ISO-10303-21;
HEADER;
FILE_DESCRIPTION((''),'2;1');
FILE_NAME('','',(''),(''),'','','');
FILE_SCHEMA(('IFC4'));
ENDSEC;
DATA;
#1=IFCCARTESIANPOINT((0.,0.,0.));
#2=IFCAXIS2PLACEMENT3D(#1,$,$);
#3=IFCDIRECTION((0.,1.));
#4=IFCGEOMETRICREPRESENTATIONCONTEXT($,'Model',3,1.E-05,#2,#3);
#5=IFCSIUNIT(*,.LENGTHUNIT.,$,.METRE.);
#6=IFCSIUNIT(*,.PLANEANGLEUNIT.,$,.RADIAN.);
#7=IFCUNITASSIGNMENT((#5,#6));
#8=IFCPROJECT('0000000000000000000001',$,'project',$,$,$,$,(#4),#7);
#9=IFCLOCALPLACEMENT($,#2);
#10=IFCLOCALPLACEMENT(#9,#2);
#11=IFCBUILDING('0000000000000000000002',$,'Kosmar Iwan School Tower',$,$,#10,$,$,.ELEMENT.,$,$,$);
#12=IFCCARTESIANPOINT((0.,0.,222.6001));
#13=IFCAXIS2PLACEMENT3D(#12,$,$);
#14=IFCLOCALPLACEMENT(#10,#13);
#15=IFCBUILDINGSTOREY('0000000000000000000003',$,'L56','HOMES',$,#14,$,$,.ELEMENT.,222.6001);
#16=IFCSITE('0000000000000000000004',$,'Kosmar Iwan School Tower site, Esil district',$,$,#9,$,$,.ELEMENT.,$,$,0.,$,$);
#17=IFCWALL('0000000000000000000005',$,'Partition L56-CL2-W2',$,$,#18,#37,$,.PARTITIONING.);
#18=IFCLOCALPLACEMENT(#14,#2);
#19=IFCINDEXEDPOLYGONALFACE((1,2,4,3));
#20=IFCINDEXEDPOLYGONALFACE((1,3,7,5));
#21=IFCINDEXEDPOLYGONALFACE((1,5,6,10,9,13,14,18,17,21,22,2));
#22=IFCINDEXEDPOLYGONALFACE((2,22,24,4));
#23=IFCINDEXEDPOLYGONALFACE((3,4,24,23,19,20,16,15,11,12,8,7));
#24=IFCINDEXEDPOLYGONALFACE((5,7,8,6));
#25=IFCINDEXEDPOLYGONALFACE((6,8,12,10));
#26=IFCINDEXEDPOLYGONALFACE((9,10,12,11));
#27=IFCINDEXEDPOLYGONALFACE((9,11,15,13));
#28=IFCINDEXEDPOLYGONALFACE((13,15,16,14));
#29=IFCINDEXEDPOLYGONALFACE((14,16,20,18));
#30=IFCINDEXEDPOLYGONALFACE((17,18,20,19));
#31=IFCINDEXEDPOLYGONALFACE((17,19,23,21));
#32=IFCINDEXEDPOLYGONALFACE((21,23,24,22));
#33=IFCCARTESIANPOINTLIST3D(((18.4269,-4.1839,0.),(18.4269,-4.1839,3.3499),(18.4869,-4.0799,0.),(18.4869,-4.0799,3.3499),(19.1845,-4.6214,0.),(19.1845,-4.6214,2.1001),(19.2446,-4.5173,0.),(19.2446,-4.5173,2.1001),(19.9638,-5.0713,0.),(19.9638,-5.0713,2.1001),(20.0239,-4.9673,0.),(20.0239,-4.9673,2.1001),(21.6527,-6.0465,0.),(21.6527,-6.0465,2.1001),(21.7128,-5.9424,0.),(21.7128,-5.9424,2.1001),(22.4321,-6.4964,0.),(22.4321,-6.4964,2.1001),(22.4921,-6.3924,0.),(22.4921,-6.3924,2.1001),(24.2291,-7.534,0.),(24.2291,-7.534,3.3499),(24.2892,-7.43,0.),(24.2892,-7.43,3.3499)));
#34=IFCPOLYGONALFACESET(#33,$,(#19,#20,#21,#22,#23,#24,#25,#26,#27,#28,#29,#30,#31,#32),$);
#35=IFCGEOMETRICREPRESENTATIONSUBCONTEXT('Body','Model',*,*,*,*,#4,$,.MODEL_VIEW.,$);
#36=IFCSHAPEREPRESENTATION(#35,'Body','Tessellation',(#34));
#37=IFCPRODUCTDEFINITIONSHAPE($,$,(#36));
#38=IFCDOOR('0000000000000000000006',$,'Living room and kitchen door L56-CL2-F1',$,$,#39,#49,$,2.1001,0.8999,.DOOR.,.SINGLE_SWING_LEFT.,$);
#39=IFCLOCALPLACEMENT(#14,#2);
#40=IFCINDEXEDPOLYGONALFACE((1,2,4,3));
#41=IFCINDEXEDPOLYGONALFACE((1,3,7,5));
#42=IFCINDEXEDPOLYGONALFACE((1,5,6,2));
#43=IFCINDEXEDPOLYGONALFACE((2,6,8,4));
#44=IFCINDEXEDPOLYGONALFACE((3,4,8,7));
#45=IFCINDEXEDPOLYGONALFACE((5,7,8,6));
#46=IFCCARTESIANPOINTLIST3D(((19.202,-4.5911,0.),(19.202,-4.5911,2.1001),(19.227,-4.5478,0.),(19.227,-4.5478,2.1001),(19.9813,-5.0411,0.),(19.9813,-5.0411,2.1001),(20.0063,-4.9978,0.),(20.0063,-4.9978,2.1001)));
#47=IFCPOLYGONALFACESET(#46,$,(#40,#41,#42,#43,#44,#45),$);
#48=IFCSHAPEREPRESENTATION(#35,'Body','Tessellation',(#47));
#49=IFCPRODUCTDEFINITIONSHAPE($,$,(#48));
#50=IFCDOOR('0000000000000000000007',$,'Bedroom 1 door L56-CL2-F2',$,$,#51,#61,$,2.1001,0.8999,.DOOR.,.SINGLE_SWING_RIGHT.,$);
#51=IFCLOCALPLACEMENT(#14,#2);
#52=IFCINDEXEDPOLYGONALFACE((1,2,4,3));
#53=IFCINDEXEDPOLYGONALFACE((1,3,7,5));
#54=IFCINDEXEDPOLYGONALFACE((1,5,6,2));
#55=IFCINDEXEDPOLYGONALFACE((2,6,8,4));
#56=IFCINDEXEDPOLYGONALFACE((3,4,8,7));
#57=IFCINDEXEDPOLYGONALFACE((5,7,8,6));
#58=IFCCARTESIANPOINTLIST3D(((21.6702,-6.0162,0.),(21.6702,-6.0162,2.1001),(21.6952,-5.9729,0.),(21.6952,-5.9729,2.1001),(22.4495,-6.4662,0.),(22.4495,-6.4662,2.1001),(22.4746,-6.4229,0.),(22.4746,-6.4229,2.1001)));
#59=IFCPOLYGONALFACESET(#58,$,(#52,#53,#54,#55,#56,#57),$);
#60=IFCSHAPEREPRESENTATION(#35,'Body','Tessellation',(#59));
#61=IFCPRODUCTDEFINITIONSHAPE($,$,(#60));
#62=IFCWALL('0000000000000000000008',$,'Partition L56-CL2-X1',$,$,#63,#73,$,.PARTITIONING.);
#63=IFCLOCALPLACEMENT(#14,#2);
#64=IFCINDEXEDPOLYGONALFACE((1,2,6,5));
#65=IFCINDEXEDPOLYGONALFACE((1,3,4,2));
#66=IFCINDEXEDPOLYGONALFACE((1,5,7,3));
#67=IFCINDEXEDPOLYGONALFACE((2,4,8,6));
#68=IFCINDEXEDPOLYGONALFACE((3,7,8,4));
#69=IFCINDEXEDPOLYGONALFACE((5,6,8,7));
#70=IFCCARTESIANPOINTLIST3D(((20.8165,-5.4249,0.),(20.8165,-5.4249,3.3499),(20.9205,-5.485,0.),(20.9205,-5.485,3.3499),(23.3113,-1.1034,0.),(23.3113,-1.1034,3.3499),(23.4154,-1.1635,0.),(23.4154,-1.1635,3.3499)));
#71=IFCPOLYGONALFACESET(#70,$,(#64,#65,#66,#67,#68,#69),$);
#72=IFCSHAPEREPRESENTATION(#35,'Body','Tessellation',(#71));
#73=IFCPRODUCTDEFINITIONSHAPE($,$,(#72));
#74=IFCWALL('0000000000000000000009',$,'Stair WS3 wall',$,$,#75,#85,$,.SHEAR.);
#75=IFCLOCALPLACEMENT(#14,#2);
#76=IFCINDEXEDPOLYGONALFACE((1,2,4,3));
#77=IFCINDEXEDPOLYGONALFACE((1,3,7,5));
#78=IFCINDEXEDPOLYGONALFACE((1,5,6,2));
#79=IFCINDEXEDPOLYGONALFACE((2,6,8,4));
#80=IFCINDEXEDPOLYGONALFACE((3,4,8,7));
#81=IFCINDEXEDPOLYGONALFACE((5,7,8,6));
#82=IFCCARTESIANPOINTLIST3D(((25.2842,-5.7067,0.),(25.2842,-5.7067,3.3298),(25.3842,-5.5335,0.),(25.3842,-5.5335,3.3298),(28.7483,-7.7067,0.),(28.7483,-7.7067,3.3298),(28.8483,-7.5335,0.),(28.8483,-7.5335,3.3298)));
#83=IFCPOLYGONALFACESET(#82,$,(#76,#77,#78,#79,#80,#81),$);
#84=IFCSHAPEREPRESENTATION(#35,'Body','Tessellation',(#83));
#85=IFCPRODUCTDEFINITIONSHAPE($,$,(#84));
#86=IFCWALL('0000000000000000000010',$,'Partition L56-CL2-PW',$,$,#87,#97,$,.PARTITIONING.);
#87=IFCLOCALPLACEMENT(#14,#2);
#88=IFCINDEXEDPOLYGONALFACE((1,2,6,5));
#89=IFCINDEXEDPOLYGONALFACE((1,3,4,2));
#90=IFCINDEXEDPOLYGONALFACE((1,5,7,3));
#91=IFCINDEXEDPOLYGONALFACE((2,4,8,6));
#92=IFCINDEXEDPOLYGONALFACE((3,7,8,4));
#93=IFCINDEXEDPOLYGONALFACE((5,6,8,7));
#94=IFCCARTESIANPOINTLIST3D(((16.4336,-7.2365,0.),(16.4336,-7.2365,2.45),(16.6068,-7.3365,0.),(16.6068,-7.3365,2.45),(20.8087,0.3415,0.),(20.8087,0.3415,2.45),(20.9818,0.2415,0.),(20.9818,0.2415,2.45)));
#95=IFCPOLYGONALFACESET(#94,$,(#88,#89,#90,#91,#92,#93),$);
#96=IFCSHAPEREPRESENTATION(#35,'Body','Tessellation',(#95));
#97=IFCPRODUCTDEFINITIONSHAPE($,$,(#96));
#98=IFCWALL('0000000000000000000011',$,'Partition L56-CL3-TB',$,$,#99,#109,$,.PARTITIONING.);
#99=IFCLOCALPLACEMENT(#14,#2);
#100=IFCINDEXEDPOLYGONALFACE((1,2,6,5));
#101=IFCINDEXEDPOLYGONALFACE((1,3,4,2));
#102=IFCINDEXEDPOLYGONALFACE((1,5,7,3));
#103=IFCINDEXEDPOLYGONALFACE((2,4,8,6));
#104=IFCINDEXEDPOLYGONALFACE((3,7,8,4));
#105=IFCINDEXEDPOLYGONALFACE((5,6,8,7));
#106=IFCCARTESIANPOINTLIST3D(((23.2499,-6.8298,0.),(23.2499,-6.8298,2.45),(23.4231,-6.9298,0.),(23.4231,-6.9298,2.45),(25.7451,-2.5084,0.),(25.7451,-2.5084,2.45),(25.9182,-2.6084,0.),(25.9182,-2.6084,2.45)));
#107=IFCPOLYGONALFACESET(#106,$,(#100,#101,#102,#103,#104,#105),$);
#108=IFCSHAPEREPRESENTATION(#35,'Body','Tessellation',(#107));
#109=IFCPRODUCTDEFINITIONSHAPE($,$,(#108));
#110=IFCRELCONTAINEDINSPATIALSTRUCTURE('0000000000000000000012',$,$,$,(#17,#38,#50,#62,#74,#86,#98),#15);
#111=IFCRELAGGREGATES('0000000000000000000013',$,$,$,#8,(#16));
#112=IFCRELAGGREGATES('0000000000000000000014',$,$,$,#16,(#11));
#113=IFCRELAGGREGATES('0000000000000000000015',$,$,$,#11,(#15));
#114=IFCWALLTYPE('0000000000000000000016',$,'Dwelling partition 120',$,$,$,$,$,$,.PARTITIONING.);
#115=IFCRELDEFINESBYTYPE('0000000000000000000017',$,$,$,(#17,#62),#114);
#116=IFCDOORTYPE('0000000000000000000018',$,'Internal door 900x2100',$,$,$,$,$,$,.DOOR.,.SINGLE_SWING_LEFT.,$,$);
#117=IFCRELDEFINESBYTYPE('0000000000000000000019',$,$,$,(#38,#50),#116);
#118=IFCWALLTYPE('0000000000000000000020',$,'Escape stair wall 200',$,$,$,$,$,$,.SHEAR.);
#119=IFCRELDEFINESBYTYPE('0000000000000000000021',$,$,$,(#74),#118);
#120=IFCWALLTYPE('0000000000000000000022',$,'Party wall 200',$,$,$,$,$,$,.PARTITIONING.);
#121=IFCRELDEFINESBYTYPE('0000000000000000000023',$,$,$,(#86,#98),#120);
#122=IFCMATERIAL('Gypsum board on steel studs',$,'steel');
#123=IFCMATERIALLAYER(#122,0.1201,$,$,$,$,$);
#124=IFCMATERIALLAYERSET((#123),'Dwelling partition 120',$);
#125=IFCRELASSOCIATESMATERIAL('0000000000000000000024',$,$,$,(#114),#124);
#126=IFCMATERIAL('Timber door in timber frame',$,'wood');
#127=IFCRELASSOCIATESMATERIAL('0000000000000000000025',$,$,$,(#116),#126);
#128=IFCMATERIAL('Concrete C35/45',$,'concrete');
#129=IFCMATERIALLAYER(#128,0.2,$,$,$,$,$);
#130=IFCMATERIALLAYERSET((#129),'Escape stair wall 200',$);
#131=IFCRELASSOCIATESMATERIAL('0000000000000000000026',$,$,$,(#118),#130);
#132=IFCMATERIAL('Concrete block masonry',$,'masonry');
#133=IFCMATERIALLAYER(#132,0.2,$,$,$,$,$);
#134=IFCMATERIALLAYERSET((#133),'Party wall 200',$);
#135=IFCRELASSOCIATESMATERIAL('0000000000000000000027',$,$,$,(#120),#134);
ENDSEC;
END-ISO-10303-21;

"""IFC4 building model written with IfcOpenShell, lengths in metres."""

from ifc_helpers import new_model, si_unit, direction, frame, frame_2d, origin, place, context, subcontext, project, spatial, rectangle, extrude, material, layer, layer_set, type_object, element, fill, save


model = new_model("IFC4")

# Units and contexts
model_context = context("Model", 3, precision=1e-05, world=origin(), true_north=direction((0.0, 1.0)))
body_context = subcontext(model_context, "Body", "Model", "MODEL_VIEW")
ifc_project = project(units=[si_unit("LENGTHUNIT", "METRE"), si_unit("PLANEANGLEUNIT", "RADIAN")], contexts=[model_context])

# Site, building, storey
site_placement = place(None, origin())
site = spatial("IfcSite", under=ifc_project, at=site_placement, Name="Kosmar Iwan School Tower site, Esil district", CompositionType="ELEMENT", RefElevation=0.0)
building_placement = place(site_placement, origin())
building = spatial("IfcBuilding", under=site, at=building_placement, Name="Kosmar Iwan School Tower", CompositionType="ELEMENT")
storey_placement = place(building_placement, frame((0.0, 0.0, 222.6001)))
storey = spatial("IfcBuildingStorey", under=building, at=storey_placement, Name="L56", Description="HOMES", CompositionType="ELEMENT", Elevation=222.6001)

# Shared definitions
ifc_material_1 = material(Name="Gypsum board on steel studs", Category="steel")
ifc_layer_1 = layer(ifc_material_1, 0.1201)
ifc_layer_set_1 = layer_set([ifc_layer_1], Name="Dwelling partition 120")
wall_type_1 = type_object("IfcWallType", Name="Dwelling partition 120", PredefinedType="PARTITIONING", material=ifc_layer_set_1)

# Wall, openings, doors
ifc_material_2 = material(Name="Timber door in timber frame", Category="wood")
door_type_1 = type_object("IfcDoorType", Name="Internal door 900x2100", OperationType="SINGLE_SWING_LEFT", PredefinedType="DOOR", material=ifc_material_2)
wall_1_placement = place(storey_placement, frame((18.4568, -4.1318, 0.0), z_axis=(0.0, 0.0, 1.0), x_axis=(0.866014, -0.500019, 0.0)))
wall_1 = element("IfcWall", 1, at=wall_1_placement, inside=storey, type_object=wall_type_1, Name="Partition L56-CL2-W2", PredefinedType="PARTITIONING", context=body_context, shape_type="SweptSolid", body=[
    extrude(rectangle(XDim=6.7, YDim=0.1201, at=frame_2d((3.3501, 0.0))), origin(), (0.0, 0.0, 1.0), 3.3499),
])
opening_1_placement = place(wall_1_placement, frame((0.875, 0.0, 0.0)))
opening_1 = element("IfcOpeningElement", 2, at=opening_1_placement, cuts=wall_1, PredefinedType="OPENING", context=body_context, shape_type="SweptSolid", body=[
    extrude(rectangle(XDim=0.8999, YDim=2.1001, at=frame_2d((0.45, 1.05))), frame((0.0, 0.072, 0.0), z_axis=(0.0, -1.0, 0.0), x_axis=(1.0, 0.0, 0.0)), (0.0, 0.0, 1.0), 0.144),
])
opening_2_placement = place(wall_1_placement, frame((3.7251, 0.0, 0.0)))
opening_2 = element("IfcOpeningElement", 3, at=opening_2_placement, cuts=wall_1, PredefinedType="OPENING", context=body_context, shape_type="SweptSolid", body=[
    extrude(rectangle(XDim=0.8999, YDim=2.1001, at=frame_2d((0.45, 1.05))), frame((0.0, 0.072, 0.0), z_axis=(0.0, -1.0, 0.0), x_axis=(1.0, 0.0, 0.0)), (0.0, 0.0, 1.0), 0.144),
])
door_1_placement = place(opening_1_placement, origin())
door_1 = element("IfcDoor", 4, at=door_1_placement, inside=storey, type_object=door_type_1, Name="Living room and kitchen door L56-CL2-F1", OperationType="SINGLE_SWING_LEFT", OverallHeight=2.1001, OverallWidth=0.8999, PredefinedType="DOOR", context=body_context, shape_type="SweptSolid", body=[
    extrude(rectangle(XDim=0.8999, YDim=2.1001, at=frame_2d((0.45, 1.05))), frame((0.0, 0.0249, 0.0), z_axis=(0.0, -1.0, 0.0), x_axis=(1.0, 0.0, 0.0)), (0.0, 0.0, 1.0), 0.05),
])
fill(opening_1, door_1)
door_2_placement = place(opening_2_placement, origin())
door_2 = element("IfcDoor", 5, at=door_2_placement, inside=storey, type_object=door_type_1, Name="Bedroom 1 door L56-CL2-F2", OperationType="SINGLE_SWING_RIGHT", OverallHeight=2.1001, OverallWidth=0.8999, PredefinedType="DOOR", context=body_context, shape_type="SweptSolid", body=[
    extrude(rectangle(XDim=0.8999, YDim=2.1001, at=frame_2d((0.45, 1.05))), frame((0.0, 0.0249, 0.0), z_axis=(0.0, -1.0, 0.0), x_axis=(1.0, 0.0, 0.0)), (0.0, 0.0, 1.0), 0.05),
])
fill(opening_2, door_2)

# Walls
wall_2_placement = place(storey_placement, frame((20.8684, -5.4551, 0.0), z_axis=(0.0, 0.0, 1.0), x_axis=(0.499975, 0.86604, 0.0)))
element("IfcWall", 6, at=wall_2_placement, inside=storey, type_object=wall_type_1, Name="Partition L56-CL2-X1", PredefinedType="PARTITIONING", context=body_context, shape_type="SweptSolid", body=[
    extrude(rectangle(XDim=4.99, YDim=0.1201, at=frame_2d((2.4951, 0.0))), origin(), (0.0, 0.0, 1.0), 3.3499),
])
ifc_material_3 = material(Name="Concrete C35/45", Category="concrete")
ifc_layer_2 = layer(ifc_material_3, 0.2)
ifc_layer_set_2 = layer_set([ifc_layer_2], Name="Escape stair wall 200")
wall_type_2 = type_object("IfcWallType", Name="Escape stair wall 200", PredefinedType="SHEAR", material=ifc_layer_set_2)
wall_3_placement = place(storey_placement, frame((25.3342, -5.6201, 0.0), z_axis=(0.0, 0.0, 1.0), x_axis=(0.866026, -0.499999, 0.0)))
element("IfcWall", 7, at=wall_3_placement, inside=storey, type_object=wall_type_2, Name="Stair WS3 wall", PredefinedType="SHEAR", context=body_context, shape_type="SweptSolid", body=[
    extrude(rectangle(XDim=4.0, YDim=0.2, at=frame_2d((2.0, 0.0))), origin(), (0.0, 0.0, 1.0), 3.3298),
])
ifc_material_4 = material(Name="Concrete block masonry", Category="masonry")
ifc_layer_3 = layer(ifc_material_4, 0.2)
ifc_layer_set_3 = layer_set([ifc_layer_3], Name="Party wall 200")
wall_type_3 = type_object("IfcWallType", Name="Party wall 200", PredefinedType="PARTITIONING", material=ifc_layer_set_3)
wall_4_placement = place(storey_placement, frame((16.5203, -7.2864, 0.0), z_axis=(0.0, 0.0, 1.0), x_axis=(0.499992, 0.86603, 0.0)))
element("IfcWall", 8, at=wall_4_placement, inside=storey, type_object=wall_type_3, Name="Partition L56-CL2-PW", PredefinedType="PARTITIONING", context=body_context, shape_type="SweptSolid", body=[
    extrude(rectangle(XDim=8.7502, YDim=0.2, at=frame_2d((4.375, 0.0))), origin(), (0.0, 0.0, 1.0), 2.45),
])
wall_5_placement = place(storey_placement, frame((23.3364, -6.8799, 0.0), z_axis=(0.0, 0.0, 1.0), x_axis=(0.500033, 0.866006, 0.0)))
element("IfcWall", 9, at=wall_5_placement, inside=storey, type_object=wall_type_3, Name="Partition L56-CL3-TB", PredefinedType="PARTITIONING", context=body_context, shape_type="SweptSolid", body=[
    extrude(rectangle(XDim=4.99, YDim=0.2, at=frame_2d((2.4951, 0.0))), origin(), (0.0, 0.0, 1.0), 2.45),
])

save(model, "model.ifc")
